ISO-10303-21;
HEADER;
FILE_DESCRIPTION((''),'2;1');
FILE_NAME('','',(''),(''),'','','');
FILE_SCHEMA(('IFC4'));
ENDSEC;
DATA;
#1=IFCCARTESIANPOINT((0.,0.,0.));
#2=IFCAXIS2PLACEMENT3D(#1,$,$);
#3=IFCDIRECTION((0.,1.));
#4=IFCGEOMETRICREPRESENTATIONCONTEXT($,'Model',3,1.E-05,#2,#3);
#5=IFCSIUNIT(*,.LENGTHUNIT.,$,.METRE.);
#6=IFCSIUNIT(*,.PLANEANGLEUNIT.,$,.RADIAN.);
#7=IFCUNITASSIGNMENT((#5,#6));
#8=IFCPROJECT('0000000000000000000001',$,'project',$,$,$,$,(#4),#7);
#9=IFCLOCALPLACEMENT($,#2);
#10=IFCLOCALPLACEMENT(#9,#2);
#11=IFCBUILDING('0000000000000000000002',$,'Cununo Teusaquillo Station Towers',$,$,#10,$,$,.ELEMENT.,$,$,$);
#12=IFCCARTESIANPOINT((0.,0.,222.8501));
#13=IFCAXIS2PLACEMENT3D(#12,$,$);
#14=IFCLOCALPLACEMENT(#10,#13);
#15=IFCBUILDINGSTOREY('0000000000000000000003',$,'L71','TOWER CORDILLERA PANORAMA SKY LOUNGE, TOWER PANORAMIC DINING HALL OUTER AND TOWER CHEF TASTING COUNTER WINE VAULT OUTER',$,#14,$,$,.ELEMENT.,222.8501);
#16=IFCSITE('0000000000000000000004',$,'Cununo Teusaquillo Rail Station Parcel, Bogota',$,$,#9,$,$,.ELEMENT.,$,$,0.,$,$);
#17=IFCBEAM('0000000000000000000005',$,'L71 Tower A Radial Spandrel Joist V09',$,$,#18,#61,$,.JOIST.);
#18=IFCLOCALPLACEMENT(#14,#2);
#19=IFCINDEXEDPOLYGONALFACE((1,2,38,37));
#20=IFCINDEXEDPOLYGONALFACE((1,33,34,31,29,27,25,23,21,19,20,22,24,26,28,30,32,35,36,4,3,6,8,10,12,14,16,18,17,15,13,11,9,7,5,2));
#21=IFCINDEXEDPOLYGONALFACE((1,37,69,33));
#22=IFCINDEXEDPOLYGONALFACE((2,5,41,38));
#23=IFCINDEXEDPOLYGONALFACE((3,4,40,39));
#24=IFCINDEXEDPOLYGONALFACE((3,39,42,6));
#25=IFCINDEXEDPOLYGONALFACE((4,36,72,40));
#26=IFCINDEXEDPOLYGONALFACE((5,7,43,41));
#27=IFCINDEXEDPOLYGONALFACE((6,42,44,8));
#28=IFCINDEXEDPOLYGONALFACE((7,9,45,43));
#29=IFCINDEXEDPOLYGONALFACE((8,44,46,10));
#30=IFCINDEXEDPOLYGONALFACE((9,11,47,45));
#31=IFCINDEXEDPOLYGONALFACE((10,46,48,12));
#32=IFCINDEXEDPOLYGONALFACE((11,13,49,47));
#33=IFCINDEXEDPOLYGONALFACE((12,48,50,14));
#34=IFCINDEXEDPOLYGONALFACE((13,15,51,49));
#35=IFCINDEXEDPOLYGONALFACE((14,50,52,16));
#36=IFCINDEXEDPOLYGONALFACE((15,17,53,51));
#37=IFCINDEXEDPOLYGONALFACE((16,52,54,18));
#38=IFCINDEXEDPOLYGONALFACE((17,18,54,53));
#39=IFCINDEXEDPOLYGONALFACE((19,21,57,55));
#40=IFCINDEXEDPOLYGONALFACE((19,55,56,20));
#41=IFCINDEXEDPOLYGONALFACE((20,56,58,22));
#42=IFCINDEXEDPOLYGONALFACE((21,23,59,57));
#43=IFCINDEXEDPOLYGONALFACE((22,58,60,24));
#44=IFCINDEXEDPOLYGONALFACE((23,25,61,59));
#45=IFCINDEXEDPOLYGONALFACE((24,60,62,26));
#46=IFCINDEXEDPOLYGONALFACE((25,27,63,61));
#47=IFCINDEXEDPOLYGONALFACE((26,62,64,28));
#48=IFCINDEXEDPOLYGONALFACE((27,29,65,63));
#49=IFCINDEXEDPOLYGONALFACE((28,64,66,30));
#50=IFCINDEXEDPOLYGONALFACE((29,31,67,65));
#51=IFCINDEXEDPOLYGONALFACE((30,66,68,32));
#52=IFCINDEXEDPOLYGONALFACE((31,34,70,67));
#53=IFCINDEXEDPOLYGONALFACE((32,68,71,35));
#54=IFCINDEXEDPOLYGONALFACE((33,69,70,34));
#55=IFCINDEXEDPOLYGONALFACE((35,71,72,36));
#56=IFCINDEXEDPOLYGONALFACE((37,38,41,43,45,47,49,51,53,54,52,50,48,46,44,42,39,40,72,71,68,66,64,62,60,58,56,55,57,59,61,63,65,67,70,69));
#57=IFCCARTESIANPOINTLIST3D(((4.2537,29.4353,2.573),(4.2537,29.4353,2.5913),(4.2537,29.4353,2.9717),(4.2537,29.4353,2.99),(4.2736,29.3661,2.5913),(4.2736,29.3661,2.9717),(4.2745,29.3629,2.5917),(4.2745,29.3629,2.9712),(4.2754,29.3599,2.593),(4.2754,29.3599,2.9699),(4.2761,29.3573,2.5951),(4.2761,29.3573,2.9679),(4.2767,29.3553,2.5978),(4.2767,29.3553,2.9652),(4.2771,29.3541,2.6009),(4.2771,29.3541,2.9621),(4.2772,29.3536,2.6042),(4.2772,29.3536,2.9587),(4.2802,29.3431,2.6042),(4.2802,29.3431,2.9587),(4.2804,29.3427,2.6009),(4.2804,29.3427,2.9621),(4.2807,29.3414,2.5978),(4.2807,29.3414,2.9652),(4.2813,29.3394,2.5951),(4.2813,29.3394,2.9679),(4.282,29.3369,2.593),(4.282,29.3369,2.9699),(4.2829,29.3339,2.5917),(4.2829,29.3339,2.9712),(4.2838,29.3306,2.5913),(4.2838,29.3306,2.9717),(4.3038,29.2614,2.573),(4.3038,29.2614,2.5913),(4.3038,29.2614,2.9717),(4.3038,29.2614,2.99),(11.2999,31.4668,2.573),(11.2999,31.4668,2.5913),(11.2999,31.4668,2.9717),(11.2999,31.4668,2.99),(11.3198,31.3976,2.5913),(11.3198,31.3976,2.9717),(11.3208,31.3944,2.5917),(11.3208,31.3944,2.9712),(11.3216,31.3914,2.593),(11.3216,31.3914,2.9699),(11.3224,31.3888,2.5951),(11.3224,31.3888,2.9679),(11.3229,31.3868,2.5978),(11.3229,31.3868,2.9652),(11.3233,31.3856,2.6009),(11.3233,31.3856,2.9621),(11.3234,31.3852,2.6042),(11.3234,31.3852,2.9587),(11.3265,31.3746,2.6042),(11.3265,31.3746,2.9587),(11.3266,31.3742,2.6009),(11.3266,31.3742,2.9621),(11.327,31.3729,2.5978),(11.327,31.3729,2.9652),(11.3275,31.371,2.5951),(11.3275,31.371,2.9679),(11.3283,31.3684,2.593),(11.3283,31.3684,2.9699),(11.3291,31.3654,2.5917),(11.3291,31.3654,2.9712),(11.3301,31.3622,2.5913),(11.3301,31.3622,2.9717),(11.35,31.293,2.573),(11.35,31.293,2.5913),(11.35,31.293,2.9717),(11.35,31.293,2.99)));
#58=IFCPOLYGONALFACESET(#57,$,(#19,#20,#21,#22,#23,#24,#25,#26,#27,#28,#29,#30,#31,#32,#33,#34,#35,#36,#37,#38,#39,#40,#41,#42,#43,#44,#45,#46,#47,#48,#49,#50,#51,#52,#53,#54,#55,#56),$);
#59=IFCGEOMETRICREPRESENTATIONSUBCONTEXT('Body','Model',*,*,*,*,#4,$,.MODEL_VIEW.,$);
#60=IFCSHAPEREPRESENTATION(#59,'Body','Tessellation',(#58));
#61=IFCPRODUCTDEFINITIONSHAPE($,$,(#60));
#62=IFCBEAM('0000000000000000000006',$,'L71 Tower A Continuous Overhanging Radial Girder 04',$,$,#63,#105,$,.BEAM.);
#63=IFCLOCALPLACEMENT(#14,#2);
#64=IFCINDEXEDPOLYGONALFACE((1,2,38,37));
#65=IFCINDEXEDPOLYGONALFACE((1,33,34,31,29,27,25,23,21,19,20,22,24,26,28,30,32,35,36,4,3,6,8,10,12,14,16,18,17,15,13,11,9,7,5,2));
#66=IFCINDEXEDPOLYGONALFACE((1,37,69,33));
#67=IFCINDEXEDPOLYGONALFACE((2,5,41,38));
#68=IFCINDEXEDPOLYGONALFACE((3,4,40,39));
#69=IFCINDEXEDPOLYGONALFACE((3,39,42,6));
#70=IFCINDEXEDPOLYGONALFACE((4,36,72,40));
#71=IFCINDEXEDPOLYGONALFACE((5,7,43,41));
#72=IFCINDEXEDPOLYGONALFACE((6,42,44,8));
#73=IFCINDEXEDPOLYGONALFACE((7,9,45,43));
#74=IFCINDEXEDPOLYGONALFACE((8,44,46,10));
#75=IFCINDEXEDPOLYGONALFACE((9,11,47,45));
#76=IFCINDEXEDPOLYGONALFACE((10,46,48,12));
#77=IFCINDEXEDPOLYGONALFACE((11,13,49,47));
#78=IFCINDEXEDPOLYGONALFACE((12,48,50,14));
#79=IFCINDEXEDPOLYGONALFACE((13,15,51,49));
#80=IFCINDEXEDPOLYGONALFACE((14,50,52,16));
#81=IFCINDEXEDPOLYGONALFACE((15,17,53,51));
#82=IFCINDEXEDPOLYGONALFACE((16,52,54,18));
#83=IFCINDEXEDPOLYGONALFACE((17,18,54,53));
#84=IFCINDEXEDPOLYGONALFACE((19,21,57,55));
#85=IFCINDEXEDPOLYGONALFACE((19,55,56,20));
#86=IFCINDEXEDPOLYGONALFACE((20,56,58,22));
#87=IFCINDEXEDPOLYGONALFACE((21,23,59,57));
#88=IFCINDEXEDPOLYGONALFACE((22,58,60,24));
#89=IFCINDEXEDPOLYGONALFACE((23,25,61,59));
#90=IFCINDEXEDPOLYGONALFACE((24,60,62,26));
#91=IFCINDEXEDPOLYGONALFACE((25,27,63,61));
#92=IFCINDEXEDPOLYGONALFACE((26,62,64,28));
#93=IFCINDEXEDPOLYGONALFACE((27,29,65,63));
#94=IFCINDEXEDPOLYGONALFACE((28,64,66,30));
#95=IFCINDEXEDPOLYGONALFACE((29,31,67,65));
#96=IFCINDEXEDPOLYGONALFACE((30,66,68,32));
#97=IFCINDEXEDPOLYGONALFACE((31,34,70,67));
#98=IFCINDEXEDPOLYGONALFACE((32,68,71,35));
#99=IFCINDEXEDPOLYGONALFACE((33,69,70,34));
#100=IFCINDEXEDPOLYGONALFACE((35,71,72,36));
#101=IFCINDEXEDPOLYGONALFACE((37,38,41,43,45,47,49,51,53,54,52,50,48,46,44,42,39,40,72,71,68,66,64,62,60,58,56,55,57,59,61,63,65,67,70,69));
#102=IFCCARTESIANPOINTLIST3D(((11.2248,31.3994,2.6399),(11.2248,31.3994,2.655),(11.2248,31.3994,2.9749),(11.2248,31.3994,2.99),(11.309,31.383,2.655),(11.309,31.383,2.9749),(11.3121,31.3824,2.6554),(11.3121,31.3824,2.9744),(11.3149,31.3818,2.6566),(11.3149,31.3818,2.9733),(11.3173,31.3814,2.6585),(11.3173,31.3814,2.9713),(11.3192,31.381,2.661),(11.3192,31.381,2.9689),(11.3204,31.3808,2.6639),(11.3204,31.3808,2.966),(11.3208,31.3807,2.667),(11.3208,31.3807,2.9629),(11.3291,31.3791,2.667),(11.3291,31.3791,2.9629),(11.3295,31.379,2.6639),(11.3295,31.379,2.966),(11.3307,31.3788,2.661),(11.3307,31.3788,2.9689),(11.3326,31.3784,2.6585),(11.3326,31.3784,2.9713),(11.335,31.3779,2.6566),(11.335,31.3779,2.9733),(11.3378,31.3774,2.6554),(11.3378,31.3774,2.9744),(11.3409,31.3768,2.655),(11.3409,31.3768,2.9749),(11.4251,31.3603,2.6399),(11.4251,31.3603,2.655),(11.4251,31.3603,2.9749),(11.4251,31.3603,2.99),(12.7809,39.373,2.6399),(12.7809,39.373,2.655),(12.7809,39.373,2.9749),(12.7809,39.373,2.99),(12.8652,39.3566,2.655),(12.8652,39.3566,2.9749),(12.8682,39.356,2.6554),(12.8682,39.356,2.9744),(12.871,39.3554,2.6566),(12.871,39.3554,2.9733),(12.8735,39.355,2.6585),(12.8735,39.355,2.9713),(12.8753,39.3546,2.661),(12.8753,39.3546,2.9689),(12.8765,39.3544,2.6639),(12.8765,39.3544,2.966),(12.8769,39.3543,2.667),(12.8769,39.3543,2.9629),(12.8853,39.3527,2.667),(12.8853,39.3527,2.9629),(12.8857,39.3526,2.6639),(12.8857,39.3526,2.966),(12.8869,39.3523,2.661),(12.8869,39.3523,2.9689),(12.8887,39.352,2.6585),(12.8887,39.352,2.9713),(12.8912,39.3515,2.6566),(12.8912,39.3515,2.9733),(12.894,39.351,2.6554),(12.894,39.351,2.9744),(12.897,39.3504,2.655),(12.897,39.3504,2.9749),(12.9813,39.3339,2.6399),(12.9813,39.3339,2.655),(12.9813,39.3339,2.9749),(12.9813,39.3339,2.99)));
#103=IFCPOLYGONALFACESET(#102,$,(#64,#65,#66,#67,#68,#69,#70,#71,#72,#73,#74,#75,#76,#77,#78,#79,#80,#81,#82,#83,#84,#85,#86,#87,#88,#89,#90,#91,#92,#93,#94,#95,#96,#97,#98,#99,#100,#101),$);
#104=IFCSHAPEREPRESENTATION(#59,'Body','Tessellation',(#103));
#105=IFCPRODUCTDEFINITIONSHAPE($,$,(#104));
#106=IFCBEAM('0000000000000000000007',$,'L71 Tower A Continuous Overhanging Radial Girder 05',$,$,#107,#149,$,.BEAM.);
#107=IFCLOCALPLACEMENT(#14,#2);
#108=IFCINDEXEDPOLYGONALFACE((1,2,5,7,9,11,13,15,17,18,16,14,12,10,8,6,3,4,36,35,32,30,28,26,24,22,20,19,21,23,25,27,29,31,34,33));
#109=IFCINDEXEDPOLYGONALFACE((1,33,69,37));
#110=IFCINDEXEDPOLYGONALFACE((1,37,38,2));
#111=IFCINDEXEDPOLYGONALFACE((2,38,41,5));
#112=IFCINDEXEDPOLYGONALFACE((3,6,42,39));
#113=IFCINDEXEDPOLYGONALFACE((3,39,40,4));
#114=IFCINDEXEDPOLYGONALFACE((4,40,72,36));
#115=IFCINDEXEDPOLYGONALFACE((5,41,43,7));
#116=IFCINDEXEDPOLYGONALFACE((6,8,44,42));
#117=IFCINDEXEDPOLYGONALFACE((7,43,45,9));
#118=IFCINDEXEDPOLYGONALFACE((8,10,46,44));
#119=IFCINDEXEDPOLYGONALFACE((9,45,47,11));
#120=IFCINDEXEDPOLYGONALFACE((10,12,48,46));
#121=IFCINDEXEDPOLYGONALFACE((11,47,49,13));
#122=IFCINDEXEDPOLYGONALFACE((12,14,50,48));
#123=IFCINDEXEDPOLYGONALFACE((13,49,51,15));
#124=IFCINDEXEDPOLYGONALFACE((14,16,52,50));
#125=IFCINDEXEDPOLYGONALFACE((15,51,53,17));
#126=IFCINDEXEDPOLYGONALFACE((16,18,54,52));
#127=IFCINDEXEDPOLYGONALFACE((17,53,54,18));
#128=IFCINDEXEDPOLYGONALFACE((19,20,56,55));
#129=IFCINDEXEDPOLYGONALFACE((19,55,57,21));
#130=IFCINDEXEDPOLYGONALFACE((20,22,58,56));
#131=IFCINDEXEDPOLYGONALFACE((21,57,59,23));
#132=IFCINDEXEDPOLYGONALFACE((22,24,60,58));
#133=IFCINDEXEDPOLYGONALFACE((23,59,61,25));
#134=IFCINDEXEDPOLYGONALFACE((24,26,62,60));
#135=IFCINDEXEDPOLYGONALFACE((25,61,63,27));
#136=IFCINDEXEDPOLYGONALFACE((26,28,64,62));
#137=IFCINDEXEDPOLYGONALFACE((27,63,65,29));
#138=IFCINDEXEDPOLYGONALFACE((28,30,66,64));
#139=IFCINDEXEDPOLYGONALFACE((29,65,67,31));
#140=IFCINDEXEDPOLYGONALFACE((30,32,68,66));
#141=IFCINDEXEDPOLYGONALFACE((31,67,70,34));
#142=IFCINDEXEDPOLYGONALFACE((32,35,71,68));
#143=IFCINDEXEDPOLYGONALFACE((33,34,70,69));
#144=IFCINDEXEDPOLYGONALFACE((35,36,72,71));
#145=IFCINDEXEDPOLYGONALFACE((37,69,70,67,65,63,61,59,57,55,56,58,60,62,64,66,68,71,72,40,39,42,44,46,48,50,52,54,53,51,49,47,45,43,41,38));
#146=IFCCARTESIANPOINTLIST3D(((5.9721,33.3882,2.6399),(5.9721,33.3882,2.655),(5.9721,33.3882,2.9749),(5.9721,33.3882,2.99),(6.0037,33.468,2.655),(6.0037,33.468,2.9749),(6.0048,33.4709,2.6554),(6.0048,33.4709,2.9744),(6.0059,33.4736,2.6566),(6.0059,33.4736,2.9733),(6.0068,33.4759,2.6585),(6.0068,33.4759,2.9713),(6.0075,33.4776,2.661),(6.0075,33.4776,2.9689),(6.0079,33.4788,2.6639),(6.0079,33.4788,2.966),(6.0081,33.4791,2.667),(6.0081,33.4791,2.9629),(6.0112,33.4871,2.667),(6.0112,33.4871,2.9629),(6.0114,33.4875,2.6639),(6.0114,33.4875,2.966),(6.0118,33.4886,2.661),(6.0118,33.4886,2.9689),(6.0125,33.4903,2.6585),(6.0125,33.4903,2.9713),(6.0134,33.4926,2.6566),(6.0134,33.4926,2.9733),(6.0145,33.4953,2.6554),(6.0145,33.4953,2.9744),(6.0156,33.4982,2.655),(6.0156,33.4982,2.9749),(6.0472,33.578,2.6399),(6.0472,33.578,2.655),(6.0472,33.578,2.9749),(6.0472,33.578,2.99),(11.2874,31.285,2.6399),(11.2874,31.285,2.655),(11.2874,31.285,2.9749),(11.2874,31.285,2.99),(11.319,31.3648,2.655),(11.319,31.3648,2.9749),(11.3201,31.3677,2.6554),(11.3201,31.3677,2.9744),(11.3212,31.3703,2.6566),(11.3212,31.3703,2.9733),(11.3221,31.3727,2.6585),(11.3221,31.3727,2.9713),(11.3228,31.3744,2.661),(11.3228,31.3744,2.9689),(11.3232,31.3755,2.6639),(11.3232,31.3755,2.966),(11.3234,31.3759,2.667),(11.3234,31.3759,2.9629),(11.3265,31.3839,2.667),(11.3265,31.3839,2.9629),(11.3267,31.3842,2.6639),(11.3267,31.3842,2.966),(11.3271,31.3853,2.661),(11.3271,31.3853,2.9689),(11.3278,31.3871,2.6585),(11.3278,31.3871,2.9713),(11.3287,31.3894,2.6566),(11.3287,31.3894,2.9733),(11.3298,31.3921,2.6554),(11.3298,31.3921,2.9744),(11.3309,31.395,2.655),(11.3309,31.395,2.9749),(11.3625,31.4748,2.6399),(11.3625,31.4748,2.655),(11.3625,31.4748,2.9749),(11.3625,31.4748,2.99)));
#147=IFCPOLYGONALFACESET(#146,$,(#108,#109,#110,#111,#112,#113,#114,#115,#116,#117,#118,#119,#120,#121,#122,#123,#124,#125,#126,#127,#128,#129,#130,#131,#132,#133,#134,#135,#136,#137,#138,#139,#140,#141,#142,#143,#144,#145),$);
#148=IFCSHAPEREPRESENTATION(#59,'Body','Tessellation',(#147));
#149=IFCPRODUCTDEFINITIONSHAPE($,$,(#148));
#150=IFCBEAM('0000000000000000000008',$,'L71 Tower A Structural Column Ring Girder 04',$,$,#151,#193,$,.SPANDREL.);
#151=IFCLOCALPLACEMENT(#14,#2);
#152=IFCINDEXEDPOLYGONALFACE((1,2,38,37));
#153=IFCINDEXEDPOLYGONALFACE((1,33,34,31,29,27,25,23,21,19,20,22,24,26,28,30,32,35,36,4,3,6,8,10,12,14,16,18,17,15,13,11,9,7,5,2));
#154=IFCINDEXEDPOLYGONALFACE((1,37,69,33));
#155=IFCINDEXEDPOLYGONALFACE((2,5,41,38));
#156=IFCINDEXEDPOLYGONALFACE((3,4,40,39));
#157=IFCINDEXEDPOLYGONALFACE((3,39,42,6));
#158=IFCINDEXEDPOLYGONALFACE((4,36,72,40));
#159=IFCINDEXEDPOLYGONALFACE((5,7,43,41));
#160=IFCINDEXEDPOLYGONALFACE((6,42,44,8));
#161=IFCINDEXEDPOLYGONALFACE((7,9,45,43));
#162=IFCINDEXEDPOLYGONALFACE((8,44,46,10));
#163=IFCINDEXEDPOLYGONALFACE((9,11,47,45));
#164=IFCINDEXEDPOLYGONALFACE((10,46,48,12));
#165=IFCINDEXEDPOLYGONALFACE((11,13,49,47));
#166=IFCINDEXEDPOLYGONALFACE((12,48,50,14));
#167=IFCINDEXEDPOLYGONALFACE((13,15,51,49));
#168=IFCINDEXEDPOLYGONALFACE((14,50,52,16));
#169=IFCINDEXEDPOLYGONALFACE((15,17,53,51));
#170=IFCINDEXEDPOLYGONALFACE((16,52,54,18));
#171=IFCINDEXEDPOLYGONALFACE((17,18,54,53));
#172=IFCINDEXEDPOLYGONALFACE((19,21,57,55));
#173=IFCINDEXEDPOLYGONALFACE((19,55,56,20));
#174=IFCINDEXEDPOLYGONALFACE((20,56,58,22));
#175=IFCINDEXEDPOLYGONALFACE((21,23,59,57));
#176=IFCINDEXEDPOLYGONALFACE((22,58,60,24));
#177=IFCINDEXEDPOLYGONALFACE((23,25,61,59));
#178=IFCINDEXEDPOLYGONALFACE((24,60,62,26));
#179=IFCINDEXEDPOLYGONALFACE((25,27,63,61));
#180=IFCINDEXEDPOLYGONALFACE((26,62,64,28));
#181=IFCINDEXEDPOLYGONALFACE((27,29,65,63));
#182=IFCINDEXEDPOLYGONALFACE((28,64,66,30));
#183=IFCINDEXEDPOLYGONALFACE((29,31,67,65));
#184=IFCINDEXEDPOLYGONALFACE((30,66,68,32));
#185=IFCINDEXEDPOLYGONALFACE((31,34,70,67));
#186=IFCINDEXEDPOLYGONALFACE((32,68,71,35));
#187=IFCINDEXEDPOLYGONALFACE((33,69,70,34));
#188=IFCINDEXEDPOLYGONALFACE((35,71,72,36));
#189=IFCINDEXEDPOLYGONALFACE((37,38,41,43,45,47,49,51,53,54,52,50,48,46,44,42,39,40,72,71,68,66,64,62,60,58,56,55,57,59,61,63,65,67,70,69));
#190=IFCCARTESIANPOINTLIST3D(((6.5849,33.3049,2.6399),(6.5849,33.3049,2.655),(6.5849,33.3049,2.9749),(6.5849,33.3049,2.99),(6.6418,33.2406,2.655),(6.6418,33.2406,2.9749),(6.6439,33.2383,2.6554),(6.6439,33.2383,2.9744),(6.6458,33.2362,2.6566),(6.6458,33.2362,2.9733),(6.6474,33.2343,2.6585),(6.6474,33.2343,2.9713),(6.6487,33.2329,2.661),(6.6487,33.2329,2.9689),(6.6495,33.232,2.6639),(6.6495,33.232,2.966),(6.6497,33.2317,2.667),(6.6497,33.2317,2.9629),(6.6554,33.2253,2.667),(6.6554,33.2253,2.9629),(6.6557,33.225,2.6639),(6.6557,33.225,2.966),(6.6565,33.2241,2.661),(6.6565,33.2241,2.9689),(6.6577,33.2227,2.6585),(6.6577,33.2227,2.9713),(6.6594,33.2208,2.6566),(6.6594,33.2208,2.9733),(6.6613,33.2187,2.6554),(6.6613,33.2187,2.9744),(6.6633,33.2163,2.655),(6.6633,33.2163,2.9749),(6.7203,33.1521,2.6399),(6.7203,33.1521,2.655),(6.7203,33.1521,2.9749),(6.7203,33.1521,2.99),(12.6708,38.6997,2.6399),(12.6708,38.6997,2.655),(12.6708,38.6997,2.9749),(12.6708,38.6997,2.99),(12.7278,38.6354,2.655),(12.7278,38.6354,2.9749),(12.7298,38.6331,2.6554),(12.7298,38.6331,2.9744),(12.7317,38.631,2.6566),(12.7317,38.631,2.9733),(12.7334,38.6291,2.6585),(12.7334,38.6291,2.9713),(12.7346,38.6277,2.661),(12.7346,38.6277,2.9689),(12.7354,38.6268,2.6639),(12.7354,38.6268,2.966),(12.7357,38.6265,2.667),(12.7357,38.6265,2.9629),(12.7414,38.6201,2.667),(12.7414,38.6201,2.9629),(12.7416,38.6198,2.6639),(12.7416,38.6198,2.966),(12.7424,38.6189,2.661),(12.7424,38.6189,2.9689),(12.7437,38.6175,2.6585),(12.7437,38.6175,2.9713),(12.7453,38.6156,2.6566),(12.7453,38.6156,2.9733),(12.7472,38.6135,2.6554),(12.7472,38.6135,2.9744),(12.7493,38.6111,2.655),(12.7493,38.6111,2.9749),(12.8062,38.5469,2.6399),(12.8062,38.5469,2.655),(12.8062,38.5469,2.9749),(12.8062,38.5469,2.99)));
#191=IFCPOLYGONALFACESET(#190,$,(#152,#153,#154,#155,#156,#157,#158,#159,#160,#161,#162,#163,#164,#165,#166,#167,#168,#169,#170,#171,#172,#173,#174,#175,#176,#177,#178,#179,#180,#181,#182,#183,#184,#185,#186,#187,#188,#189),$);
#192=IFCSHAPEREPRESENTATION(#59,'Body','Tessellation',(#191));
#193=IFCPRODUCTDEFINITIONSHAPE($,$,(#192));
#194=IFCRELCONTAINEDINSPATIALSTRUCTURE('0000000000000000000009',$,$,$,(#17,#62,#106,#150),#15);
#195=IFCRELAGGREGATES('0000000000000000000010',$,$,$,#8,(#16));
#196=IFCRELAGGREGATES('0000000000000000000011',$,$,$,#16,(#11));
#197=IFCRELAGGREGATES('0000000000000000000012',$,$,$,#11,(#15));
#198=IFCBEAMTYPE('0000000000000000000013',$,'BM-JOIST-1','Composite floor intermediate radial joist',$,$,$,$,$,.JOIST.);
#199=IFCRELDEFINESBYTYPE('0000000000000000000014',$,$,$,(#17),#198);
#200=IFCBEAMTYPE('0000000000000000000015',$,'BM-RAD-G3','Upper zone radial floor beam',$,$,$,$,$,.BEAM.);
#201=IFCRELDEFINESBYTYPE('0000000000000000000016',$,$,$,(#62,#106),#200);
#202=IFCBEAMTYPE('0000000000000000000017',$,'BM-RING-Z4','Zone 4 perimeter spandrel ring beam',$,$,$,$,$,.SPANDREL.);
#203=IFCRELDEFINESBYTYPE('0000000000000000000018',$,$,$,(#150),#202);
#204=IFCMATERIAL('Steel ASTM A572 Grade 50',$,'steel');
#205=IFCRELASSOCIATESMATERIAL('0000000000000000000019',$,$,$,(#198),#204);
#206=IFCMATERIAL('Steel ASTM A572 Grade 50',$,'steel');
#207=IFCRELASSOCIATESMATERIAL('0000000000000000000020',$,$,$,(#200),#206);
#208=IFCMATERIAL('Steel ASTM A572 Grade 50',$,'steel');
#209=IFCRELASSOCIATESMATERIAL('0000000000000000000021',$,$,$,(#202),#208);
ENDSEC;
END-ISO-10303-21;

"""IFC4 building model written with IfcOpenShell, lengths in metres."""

from ifc_helpers import new_model, si_unit, direction, frame, origin, origin_2d, place, context, subcontext, project, spatial, i_section, extrude, material, material_profile, profile_set, type_object, element, save


model = new_model("IFC4")

# Units and contexts
model_context = context("Model", 3, precision=1e-05, world=origin(), true_north=direction((0.0, 1.0)))
body_context = subcontext(model_context, "Body", "Model", "MODEL_VIEW")
ifc_project = project(units=[si_unit("LENGTHUNIT", "METRE"), si_unit("PLANEANGLEUNIT", "RADIAN")], contexts=[model_context])

# Site, building, storey
site_placement = place(None, origin())
site = spatial("IfcSite", under=ifc_project, at=site_placement, Name="Cununo Teusaquillo Rail Station Parcel, Bogota", CompositionType="ELEMENT", RefElevation=0.0)
building_placement = place(site_placement, origin())
building = spatial("IfcBuilding", under=site, at=building_placement, Name="Cununo Teusaquillo Station Towers", CompositionType="ELEMENT")
storey_placement = place(building_placement, frame((0.0, 0.0, 222.8501)))
storey = spatial("IfcBuildingStorey", under=building, at=storey_placement, Name="L71", Description="TOWER CORDILLERA PANORAMA SKY LOUNGE, TOWER PANORAMIC DINING HALL OUTER AND TOWER CHEF TASTING COUNTER WINE VAULT OUTER", CompositionType="ELEMENT", Elevation=222.8501)

# Beams
ifc_material_1 = material(Name="Steel ASTM A572 Grade 50", Category="steel")
ifc_material_profile_1 = material_profile(ifc_material_1, i_section(OverallWidth=0.1809, OverallDepth=0.417, WebThickness=0.011, FlangeThickness=0.0183, FilletRadius=0.0129, at=origin_2d()), Name="W16X57")
ifc_profile_set_1 = profile_set([ifc_material_profile_1], Name="Steel ASTM A572 Grade 50")
beam_type_1 = type_object("IfcBeamType", Name="BM-JOIST-1", Description="Composite floor intermediate radial joist", PredefinedType="JOIST", material=ifc_profile_set_1)
beam_1_placement = place(storey_placement, frame((11.325, 31.3799, 2.7815), z_axis=(-0.960862, -0.277029, 0.0), x_axis=(0.277029, -0.960862, 0.0)))
element("IfcBeam", 1, at=beam_1_placement, inside=storey, type_object=beam_type_1, Name="L71 Tower A Radial Spandrel Joist V09", PredefinedType="JOIST", context=body_context, shape_type="SweptSolid", body=[
    extrude(i_section(OverallWidth=0.1809, OverallDepth=0.417, WebThickness=0.011, FlangeThickness=0.0183, FilletRadius=0.0129, at=origin_2d()), origin(), (0.0, 0.0, 1.0), 7.3333),
])
ifc_material_2 = material(Name="Steel ASTM A572 Grade 50", Category="steel")
ifc_material_profile_2 = material_profile(ifc_material_2, i_section(OverallWidth=0.2041, OverallDepth=0.3501, WebThickness=0.0085, FlangeThickness=0.0151, FilletRadius=0.012, at=origin_2d()), Name="W14X48")
ifc_profile_set_2 = profile_set([ifc_material_profile_2], Name="Steel ASTM A572 Grade 50")
beam_type_2 = type_object("IfcBeamType", Name="BM-RAD-G3", Description="Upper zone radial floor beam", PredefinedType="BEAM", material=ifc_profile_set_2)
beam_2_placement = place(storey_placement, frame((11.325, 31.3799, 2.8149), z_axis=(0.191548, 0.981483, 0.0), x_axis=(-0.981483, 0.191548, 0.0)))
element("IfcBeam", 2, at=beam_2_placement, inside=storey, type_object=beam_type_2, Name="L71 Tower A Continuous Overhanging Radial Girder 04", PredefinedType="BEAM", context=body_context, shape_type="SweptSolid", body=[
    extrude(i_section(OverallWidth=0.2041, OverallDepth=0.3501, WebThickness=0.0085, FlangeThickness=0.0151, FilletRadius=0.012, at=origin_2d()), origin(), (0.0, 0.0, 1.0), 8.124),
])
beam_3_placement = place(storey_placement, frame((11.325, 31.3799, 2.8149), z_axis=(-0.929852, 0.367935, 0.0), x_axis=(-0.367935, -0.929852, 0.0)))
element("IfcBeam", 3, at=beam_3_placement, inside=storey, type_object=beam_type_2, Name="L71 Tower A Continuous Overhanging Radial Girder 05", PredefinedType="BEAM", context=body_context, shape_type="SweptSolid", body=[
    extrude(i_section(OverallWidth=0.2041, OverallDepth=0.3501, WebThickness=0.0085, FlangeThickness=0.0151, FilletRadius=0.012, at=origin_2d()), origin(), (0.0, 0.0, 1.0), 5.7163),
])
ifc_material_3 = material(Name="Steel ASTM A572 Grade 50", Category="steel")
ifc_material_profile_3 = material_profile(ifc_material_3, i_section(OverallWidth=0.2041, OverallDepth=0.3501, WebThickness=0.0085, FlangeThickness=0.0151, FilletRadius=0.012, at=origin_2d()), Name="W14X48")
ifc_profile_set_3 = profile_set([ifc_material_profile_3], Name="Steel ASTM A572 Grade 50")
beam_type_3 = type_object("IfcBeamType", Name="BM-RING-Z4", Description="Zone 4 perimeter spandrel ring beam", PredefinedType="SPANDREL", material=ifc_profile_set_3)
beam_4_placement = place(storey_placement, frame((12.7385, 38.6233, 2.8149), z_axis=(-0.748321, -0.663337, 0.0), x_axis=(0.663337, -0.748321, 0.0)))
element("IfcBeam", 4, at=beam_4_placement, inside=storey, type_object=beam_type_3, Name="L71 Tower A Structural Column Ring Girder 04", PredefinedType="SPANDREL", context=body_context, shape_type="SweptSolid", body=[
    extrude(i_section(OverallWidth=0.2041, OverallDepth=0.3501, WebThickness=0.0085, FlangeThickness=0.0151, FilletRadius=0.012, at=origin_2d()), origin(), (0.0, 0.0, 1.0), 8.1328),
])

save(model, "model.ifc")
